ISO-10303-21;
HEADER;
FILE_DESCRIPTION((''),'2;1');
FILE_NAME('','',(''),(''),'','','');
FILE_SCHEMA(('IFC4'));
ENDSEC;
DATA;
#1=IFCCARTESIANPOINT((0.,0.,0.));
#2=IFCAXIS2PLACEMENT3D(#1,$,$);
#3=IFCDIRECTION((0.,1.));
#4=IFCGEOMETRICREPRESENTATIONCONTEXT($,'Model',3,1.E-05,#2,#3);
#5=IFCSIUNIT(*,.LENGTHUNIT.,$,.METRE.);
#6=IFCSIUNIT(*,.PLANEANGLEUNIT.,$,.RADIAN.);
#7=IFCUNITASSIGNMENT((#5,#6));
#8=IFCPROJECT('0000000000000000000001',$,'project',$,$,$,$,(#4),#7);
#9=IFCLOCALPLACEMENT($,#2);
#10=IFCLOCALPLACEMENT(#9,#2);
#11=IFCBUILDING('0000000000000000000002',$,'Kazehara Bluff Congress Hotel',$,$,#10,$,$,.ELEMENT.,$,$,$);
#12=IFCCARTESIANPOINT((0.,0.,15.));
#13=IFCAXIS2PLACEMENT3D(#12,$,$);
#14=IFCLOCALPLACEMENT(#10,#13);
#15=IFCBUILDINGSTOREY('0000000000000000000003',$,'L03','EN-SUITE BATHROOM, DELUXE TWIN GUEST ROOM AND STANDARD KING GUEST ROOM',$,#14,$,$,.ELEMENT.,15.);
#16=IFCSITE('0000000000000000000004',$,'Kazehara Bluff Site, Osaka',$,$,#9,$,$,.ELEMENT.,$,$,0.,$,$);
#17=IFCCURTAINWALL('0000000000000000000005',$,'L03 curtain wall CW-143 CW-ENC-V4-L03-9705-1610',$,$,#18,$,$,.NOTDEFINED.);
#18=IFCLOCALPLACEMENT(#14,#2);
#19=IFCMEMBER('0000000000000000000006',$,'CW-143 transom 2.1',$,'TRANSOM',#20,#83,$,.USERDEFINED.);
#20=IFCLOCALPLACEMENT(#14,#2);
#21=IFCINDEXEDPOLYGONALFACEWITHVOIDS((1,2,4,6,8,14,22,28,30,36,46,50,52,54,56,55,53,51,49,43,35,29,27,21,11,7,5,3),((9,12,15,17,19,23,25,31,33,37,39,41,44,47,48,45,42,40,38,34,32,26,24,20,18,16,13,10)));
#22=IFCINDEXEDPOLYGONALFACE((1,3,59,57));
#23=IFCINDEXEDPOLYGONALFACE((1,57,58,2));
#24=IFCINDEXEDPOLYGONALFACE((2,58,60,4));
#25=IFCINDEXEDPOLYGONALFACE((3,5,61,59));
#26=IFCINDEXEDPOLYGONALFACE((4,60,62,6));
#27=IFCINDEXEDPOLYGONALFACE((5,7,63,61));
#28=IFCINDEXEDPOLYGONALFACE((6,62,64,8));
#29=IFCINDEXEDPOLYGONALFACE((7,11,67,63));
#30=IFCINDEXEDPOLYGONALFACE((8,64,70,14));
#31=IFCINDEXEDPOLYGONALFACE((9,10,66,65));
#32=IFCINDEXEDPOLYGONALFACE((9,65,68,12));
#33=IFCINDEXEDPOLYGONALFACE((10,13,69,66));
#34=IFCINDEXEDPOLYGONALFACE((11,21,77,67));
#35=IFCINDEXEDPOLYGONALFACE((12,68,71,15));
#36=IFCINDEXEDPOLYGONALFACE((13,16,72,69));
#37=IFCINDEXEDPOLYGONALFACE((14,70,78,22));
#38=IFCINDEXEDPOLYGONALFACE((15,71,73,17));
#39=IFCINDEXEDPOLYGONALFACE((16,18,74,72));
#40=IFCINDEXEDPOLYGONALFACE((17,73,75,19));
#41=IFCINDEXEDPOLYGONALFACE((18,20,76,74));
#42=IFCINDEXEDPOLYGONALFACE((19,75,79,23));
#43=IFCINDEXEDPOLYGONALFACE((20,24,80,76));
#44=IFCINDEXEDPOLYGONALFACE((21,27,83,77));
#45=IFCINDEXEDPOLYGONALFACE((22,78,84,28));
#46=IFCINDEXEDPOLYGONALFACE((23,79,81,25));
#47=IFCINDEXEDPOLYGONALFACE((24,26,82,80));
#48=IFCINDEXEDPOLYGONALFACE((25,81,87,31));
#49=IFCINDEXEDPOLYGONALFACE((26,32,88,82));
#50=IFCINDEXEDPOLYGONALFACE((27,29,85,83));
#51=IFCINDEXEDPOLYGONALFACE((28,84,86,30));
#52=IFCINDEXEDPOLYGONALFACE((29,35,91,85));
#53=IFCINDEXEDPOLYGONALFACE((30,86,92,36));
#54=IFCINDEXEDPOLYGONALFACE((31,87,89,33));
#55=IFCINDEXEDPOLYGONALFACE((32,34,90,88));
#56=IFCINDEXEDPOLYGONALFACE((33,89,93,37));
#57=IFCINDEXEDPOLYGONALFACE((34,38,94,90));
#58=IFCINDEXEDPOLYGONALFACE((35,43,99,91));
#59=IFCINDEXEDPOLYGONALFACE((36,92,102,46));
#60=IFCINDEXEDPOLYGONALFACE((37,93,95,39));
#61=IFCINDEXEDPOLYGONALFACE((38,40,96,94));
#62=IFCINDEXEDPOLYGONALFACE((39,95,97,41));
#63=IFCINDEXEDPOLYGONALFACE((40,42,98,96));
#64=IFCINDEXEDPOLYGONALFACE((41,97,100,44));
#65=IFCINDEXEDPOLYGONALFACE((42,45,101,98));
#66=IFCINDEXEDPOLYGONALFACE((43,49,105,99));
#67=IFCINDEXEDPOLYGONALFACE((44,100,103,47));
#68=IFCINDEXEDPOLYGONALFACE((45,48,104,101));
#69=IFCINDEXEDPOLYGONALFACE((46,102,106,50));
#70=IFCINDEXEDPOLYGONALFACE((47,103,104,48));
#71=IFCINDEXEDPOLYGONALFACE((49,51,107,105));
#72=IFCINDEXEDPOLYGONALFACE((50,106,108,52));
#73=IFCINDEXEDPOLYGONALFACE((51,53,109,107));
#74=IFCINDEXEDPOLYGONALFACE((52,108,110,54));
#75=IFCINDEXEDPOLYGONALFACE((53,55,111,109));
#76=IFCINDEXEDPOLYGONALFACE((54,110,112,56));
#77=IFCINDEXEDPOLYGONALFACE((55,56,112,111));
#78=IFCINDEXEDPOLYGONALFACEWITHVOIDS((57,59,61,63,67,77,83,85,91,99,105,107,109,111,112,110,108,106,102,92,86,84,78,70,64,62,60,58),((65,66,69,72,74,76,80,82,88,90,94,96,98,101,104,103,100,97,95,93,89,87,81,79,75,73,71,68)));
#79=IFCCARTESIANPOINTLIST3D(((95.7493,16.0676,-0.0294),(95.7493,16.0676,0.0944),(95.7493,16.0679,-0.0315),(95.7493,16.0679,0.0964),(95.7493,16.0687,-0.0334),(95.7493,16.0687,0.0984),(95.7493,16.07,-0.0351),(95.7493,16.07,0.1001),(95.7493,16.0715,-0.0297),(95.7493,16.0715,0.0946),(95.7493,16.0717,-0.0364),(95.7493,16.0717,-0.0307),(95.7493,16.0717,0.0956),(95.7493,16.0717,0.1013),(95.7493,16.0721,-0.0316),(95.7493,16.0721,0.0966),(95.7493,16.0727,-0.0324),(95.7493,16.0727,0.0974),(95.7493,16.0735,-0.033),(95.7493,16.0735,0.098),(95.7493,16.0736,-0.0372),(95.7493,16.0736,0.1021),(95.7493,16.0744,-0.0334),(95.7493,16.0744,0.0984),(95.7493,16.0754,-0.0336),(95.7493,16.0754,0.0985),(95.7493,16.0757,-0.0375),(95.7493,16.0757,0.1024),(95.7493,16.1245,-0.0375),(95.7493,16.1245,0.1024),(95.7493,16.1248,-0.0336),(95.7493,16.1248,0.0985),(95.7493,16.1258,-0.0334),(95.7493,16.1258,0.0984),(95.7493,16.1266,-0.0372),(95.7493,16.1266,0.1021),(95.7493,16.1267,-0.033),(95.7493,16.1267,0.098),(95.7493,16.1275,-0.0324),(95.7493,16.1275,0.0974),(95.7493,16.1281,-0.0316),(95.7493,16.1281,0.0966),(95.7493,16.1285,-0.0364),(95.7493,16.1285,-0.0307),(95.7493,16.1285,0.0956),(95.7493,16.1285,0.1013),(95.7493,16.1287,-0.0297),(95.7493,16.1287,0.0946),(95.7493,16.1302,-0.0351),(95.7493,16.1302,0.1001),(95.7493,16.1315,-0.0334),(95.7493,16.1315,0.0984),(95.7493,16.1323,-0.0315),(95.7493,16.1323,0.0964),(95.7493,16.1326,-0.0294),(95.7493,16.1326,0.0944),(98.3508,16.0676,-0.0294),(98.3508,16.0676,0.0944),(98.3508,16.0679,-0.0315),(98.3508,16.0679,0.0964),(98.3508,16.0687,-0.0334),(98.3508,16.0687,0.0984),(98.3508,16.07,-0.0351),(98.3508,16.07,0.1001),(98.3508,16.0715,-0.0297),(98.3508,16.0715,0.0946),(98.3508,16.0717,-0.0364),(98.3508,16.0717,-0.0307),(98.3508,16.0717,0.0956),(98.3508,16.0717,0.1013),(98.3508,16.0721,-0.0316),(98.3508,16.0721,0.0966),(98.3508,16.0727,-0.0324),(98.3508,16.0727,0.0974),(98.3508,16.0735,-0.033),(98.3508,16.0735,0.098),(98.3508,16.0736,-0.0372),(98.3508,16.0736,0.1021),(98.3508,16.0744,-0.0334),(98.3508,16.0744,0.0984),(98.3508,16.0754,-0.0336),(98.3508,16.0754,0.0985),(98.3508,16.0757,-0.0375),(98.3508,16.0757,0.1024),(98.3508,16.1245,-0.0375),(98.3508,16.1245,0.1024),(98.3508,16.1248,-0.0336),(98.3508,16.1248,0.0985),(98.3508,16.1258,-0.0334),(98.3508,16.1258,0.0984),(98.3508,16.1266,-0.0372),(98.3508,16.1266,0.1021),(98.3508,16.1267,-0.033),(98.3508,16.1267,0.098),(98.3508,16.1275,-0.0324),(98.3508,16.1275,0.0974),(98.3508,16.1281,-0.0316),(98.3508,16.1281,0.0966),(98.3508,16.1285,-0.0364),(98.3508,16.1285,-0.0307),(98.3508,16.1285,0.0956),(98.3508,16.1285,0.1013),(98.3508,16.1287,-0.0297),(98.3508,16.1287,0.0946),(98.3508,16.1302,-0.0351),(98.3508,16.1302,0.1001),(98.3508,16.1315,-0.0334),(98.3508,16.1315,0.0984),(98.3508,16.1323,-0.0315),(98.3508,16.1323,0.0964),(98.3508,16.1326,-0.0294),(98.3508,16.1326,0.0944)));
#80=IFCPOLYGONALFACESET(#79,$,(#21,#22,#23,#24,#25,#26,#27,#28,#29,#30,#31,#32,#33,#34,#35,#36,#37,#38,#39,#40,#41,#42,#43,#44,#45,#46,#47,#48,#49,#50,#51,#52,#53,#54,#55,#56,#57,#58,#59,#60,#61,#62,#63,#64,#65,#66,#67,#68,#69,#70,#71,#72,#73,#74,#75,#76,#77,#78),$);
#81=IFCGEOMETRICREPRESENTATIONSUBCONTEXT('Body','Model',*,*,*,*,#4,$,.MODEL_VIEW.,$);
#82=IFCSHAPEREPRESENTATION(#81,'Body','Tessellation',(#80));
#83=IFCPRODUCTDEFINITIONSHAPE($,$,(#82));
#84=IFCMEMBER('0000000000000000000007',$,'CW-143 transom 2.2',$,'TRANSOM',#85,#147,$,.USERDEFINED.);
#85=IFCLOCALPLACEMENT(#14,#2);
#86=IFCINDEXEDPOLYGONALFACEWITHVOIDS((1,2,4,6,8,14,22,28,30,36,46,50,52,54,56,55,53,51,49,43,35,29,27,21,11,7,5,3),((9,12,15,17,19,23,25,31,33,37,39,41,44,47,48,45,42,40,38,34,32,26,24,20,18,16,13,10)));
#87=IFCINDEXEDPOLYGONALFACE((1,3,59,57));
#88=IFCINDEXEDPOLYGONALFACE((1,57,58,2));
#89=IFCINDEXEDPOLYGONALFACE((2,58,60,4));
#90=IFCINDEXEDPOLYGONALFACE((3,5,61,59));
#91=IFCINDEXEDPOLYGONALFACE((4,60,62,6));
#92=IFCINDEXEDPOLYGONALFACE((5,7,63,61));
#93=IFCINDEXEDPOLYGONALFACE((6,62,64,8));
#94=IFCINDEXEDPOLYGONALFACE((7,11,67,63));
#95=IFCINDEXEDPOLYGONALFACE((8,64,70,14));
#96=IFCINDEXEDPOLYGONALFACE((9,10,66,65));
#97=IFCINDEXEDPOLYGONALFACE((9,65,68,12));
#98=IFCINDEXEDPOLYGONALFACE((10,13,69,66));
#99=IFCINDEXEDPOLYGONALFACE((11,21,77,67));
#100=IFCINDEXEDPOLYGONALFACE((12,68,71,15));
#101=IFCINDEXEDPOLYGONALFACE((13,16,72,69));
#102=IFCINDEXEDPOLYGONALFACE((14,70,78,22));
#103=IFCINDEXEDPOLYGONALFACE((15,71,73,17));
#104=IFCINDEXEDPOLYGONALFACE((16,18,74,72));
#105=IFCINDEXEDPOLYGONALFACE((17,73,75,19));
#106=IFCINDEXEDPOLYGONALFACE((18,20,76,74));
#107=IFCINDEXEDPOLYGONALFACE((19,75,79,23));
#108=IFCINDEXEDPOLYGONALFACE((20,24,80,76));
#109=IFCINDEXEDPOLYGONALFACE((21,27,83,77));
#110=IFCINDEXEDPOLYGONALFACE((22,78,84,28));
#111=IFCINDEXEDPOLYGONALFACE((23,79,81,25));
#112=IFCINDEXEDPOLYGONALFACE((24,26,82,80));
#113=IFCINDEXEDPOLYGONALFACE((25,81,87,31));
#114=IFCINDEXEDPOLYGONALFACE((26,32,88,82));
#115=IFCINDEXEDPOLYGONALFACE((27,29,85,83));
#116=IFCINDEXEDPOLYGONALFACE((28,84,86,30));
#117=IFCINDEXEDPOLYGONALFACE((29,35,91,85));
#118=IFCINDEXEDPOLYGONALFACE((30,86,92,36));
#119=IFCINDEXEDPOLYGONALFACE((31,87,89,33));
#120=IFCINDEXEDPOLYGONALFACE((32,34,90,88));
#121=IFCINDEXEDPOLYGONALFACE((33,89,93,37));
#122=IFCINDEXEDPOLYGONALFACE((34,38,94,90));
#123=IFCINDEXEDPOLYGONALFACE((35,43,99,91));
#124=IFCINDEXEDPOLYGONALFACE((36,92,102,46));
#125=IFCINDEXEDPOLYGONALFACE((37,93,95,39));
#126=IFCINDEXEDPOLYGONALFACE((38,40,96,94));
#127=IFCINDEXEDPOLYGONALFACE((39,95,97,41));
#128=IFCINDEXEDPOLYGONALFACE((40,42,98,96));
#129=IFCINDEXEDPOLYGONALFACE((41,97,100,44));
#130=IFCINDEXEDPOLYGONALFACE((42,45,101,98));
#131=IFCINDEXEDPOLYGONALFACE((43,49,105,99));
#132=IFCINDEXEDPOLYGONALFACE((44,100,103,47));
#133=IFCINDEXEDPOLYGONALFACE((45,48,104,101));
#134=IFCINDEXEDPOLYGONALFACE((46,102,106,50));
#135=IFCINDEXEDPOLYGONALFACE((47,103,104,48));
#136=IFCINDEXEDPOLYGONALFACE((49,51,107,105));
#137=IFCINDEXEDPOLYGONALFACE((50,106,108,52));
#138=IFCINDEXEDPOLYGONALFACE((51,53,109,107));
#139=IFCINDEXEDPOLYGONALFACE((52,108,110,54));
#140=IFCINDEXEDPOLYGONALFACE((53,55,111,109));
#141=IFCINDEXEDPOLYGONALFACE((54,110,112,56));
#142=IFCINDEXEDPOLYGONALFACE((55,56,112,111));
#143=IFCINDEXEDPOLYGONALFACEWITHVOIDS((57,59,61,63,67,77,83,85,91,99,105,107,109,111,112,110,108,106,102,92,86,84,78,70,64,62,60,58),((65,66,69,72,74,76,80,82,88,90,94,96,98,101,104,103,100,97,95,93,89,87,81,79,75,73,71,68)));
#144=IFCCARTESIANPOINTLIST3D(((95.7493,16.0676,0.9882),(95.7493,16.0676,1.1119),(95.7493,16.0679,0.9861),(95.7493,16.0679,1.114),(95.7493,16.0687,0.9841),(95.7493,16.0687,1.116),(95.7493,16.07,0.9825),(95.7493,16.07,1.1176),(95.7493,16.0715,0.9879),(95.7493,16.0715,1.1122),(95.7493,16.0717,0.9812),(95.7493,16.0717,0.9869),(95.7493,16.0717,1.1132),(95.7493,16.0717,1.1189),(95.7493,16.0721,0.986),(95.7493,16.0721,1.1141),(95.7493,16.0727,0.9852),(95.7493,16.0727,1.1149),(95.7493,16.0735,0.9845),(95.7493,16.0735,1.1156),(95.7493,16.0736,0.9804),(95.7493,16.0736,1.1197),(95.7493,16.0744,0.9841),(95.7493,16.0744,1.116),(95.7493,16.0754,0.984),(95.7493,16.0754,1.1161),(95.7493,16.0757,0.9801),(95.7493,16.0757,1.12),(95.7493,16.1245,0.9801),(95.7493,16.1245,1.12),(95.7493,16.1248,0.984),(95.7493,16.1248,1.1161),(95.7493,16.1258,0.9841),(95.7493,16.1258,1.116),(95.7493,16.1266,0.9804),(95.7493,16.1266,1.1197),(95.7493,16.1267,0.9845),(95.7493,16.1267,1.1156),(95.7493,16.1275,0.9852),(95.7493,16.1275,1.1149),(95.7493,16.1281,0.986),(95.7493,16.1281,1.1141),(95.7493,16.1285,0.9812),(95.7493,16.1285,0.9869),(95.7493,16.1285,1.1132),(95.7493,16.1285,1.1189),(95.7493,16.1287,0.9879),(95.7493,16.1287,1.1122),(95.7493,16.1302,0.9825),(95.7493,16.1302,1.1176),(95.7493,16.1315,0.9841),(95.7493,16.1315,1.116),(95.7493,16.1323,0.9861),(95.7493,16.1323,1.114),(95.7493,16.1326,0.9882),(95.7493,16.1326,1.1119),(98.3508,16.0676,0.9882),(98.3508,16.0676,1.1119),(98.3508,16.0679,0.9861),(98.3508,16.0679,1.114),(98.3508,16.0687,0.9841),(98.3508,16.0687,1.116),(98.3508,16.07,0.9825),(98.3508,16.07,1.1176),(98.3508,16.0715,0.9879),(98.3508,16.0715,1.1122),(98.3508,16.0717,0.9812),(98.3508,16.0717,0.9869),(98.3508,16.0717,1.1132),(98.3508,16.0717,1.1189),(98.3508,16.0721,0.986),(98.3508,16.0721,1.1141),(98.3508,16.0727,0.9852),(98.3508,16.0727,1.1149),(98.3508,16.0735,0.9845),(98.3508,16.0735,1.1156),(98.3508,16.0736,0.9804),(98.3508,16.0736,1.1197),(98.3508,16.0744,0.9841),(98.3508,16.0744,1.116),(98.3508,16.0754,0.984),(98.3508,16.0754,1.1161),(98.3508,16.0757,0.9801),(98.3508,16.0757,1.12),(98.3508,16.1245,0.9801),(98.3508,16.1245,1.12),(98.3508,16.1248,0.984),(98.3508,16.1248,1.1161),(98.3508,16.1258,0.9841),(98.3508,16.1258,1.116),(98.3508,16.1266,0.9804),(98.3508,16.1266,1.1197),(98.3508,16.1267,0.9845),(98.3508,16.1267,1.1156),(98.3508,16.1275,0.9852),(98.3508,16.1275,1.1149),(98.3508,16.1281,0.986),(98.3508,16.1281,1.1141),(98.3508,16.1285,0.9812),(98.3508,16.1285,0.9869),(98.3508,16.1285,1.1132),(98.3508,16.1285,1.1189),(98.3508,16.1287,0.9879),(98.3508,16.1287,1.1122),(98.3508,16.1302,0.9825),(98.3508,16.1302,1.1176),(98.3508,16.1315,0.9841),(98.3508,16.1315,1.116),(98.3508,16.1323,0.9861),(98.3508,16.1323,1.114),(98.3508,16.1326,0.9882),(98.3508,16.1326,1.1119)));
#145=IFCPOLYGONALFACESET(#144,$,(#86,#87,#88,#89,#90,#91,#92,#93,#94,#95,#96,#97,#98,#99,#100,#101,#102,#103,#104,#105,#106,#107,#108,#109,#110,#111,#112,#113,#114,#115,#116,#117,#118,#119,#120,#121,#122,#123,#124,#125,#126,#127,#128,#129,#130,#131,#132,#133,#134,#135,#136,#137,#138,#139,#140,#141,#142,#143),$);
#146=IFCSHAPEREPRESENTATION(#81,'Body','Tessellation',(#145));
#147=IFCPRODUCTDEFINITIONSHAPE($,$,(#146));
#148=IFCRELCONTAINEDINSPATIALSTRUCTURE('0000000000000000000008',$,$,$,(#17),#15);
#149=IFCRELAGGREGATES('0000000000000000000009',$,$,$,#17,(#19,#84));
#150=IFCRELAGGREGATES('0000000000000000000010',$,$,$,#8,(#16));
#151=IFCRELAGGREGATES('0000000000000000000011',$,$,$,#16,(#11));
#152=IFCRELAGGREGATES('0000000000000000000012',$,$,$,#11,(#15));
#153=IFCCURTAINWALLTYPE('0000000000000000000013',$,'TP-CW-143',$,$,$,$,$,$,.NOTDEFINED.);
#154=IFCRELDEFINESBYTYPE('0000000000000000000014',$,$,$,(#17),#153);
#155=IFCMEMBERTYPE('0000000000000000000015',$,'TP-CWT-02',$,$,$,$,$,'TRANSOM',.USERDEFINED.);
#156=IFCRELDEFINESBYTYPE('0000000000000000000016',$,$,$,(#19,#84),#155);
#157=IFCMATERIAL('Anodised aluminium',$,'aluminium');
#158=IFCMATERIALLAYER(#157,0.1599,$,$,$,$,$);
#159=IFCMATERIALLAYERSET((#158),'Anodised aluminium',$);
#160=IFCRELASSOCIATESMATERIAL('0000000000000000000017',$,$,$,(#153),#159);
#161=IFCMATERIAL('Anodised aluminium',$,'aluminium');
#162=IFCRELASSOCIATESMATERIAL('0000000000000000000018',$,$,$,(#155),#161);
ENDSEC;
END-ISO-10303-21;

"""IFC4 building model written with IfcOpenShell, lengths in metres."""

from ifc_helpers import new_model, si_unit, direction, frame, origin, origin_2d, place, context, subcontext, project, spatial, hollow_rectangle, extrude, material, layer, layer_set, material_profile, profile_set, type_object, element, aggregate, save


model = new_model("IFC4")

# Units and contexts
model_context = context("Model", 3, precision=1e-05, world=origin(), true_north=direction((0.0, 1.0)))
body_context = subcontext(model_context, "Body", "Model", "MODEL_VIEW")
ifc_project = project(units=[si_unit("LENGTHUNIT", "METRE"), si_unit("PLANEANGLEUNIT", "RADIAN")], contexts=[model_context])

# Site, building, storey
site_placement = place(None, origin())
site = spatial("IfcSite", under=ifc_project, at=site_placement, Name="Kazehara Bluff Site, Osaka", CompositionType="ELEMENT", RefElevation=0.0)
building_placement = place(site_placement, origin())
building = spatial("IfcBuilding", under=site, at=building_placement, Name="Kazehara Bluff Congress Hotel", CompositionType="ELEMENT")
storey_placement = place(building_placement, frame((0.0, 0.0, 15.0)))
storey = spatial("IfcBuildingStorey", under=building, at=storey_placement, Name="L03", Description="EN-SUITE BATHROOM, DELUXE TWIN GUEST ROOM AND STANDARD KING GUEST ROOM", CompositionType="ELEMENT", Elevation=15.0)

# Curtain wall
ifc_material_1 = material(Name="Anodised aluminium", Category="aluminium")
ifc_layer_1 = layer(ifc_material_1, 0.1599)
ifc_layer_set_1 = layer_set([ifc_layer_1], Name="Anodised aluminium")
curtain_wall_type_1 = type_object("IfcCurtainWallType", Name="TP-CW-143", PredefinedType="NOTDEFINED", material=ifc_layer_set_1)
curtain_wall_1_placement = place(storey_placement, origin())
curtain_wall_1 = element("IfcCurtainWall", 1, at=curtain_wall_1_placement, inside=storey, type_object=curtain_wall_type_1, Name="L03 curtain wall CW-143 CW-ENC-V4-L03-9705-1610", PredefinedType="NOTDEFINED")

# Members
ifc_material_2 = material(Name="Anodised aluminium", Category="aluminium")
ifc_material_profile_1 = material_profile(ifc_material_2, hollow_rectangle(XDim=0.0649, YDim=0.1399, WallThickness=0.0039, InnerFilletRadius=0.0039, OuterFilletRadius=0.0081, at=origin_2d()))
ifc_profile_set_1 = profile_set([ifc_material_profile_1], Name="Anodised aluminium")
member_type_1 = type_object("IfcMemberType", Name="TP-CWT-02", ElementType="TRANSOM", PredefinedType="USERDEFINED", material=ifc_profile_set_1)
member_1_placement = place(storey_placement, frame((98.3508, 16.1001, 0.0325), z_axis=(-1.0, 0.0, 0.0), x_axis=(0.0, -1.0, 0.0)))
member_1 = element("IfcMember", 2, at=member_1_placement, type_object=member_type_1, Name="CW-143 transom 2.1", ObjectType="TRANSOM", PredefinedType="USERDEFINED", context=body_context, shape_type="SweptSolid", body=[
    extrude(hollow_rectangle(XDim=0.0649, YDim=0.1399, WallThickness=0.0039, InnerFilletRadius=0.0039, OuterFilletRadius=0.0081, at=origin_2d()), origin(), (0.0, 0.0, 1.0), 2.6016),
])
member_2_placement = place(storey_placement, frame((98.3508, 16.1001, 1.05), z_axis=(-1.0, 0.0, 0.0), x_axis=(0.0, -1.0, 0.0)))
member_2 = element("IfcMember", 3, at=member_2_placement, type_object=member_type_1, Name="CW-143 transom 2.2", ObjectType="TRANSOM", PredefinedType="USERDEFINED", context=body_context, shape_type="SweptSolid", body=[
    extrude(hollow_rectangle(XDim=0.0649, YDim=0.1399, WallThickness=0.0039, InnerFilletRadius=0.0039, OuterFilletRadius=0.0081, at=origin_2d()), origin(), (0.0, 0.0, 1.0), 2.6016),
])

aggregate(curtain_wall_1, [member_1, member_2])

save(model, "model.ifc")
